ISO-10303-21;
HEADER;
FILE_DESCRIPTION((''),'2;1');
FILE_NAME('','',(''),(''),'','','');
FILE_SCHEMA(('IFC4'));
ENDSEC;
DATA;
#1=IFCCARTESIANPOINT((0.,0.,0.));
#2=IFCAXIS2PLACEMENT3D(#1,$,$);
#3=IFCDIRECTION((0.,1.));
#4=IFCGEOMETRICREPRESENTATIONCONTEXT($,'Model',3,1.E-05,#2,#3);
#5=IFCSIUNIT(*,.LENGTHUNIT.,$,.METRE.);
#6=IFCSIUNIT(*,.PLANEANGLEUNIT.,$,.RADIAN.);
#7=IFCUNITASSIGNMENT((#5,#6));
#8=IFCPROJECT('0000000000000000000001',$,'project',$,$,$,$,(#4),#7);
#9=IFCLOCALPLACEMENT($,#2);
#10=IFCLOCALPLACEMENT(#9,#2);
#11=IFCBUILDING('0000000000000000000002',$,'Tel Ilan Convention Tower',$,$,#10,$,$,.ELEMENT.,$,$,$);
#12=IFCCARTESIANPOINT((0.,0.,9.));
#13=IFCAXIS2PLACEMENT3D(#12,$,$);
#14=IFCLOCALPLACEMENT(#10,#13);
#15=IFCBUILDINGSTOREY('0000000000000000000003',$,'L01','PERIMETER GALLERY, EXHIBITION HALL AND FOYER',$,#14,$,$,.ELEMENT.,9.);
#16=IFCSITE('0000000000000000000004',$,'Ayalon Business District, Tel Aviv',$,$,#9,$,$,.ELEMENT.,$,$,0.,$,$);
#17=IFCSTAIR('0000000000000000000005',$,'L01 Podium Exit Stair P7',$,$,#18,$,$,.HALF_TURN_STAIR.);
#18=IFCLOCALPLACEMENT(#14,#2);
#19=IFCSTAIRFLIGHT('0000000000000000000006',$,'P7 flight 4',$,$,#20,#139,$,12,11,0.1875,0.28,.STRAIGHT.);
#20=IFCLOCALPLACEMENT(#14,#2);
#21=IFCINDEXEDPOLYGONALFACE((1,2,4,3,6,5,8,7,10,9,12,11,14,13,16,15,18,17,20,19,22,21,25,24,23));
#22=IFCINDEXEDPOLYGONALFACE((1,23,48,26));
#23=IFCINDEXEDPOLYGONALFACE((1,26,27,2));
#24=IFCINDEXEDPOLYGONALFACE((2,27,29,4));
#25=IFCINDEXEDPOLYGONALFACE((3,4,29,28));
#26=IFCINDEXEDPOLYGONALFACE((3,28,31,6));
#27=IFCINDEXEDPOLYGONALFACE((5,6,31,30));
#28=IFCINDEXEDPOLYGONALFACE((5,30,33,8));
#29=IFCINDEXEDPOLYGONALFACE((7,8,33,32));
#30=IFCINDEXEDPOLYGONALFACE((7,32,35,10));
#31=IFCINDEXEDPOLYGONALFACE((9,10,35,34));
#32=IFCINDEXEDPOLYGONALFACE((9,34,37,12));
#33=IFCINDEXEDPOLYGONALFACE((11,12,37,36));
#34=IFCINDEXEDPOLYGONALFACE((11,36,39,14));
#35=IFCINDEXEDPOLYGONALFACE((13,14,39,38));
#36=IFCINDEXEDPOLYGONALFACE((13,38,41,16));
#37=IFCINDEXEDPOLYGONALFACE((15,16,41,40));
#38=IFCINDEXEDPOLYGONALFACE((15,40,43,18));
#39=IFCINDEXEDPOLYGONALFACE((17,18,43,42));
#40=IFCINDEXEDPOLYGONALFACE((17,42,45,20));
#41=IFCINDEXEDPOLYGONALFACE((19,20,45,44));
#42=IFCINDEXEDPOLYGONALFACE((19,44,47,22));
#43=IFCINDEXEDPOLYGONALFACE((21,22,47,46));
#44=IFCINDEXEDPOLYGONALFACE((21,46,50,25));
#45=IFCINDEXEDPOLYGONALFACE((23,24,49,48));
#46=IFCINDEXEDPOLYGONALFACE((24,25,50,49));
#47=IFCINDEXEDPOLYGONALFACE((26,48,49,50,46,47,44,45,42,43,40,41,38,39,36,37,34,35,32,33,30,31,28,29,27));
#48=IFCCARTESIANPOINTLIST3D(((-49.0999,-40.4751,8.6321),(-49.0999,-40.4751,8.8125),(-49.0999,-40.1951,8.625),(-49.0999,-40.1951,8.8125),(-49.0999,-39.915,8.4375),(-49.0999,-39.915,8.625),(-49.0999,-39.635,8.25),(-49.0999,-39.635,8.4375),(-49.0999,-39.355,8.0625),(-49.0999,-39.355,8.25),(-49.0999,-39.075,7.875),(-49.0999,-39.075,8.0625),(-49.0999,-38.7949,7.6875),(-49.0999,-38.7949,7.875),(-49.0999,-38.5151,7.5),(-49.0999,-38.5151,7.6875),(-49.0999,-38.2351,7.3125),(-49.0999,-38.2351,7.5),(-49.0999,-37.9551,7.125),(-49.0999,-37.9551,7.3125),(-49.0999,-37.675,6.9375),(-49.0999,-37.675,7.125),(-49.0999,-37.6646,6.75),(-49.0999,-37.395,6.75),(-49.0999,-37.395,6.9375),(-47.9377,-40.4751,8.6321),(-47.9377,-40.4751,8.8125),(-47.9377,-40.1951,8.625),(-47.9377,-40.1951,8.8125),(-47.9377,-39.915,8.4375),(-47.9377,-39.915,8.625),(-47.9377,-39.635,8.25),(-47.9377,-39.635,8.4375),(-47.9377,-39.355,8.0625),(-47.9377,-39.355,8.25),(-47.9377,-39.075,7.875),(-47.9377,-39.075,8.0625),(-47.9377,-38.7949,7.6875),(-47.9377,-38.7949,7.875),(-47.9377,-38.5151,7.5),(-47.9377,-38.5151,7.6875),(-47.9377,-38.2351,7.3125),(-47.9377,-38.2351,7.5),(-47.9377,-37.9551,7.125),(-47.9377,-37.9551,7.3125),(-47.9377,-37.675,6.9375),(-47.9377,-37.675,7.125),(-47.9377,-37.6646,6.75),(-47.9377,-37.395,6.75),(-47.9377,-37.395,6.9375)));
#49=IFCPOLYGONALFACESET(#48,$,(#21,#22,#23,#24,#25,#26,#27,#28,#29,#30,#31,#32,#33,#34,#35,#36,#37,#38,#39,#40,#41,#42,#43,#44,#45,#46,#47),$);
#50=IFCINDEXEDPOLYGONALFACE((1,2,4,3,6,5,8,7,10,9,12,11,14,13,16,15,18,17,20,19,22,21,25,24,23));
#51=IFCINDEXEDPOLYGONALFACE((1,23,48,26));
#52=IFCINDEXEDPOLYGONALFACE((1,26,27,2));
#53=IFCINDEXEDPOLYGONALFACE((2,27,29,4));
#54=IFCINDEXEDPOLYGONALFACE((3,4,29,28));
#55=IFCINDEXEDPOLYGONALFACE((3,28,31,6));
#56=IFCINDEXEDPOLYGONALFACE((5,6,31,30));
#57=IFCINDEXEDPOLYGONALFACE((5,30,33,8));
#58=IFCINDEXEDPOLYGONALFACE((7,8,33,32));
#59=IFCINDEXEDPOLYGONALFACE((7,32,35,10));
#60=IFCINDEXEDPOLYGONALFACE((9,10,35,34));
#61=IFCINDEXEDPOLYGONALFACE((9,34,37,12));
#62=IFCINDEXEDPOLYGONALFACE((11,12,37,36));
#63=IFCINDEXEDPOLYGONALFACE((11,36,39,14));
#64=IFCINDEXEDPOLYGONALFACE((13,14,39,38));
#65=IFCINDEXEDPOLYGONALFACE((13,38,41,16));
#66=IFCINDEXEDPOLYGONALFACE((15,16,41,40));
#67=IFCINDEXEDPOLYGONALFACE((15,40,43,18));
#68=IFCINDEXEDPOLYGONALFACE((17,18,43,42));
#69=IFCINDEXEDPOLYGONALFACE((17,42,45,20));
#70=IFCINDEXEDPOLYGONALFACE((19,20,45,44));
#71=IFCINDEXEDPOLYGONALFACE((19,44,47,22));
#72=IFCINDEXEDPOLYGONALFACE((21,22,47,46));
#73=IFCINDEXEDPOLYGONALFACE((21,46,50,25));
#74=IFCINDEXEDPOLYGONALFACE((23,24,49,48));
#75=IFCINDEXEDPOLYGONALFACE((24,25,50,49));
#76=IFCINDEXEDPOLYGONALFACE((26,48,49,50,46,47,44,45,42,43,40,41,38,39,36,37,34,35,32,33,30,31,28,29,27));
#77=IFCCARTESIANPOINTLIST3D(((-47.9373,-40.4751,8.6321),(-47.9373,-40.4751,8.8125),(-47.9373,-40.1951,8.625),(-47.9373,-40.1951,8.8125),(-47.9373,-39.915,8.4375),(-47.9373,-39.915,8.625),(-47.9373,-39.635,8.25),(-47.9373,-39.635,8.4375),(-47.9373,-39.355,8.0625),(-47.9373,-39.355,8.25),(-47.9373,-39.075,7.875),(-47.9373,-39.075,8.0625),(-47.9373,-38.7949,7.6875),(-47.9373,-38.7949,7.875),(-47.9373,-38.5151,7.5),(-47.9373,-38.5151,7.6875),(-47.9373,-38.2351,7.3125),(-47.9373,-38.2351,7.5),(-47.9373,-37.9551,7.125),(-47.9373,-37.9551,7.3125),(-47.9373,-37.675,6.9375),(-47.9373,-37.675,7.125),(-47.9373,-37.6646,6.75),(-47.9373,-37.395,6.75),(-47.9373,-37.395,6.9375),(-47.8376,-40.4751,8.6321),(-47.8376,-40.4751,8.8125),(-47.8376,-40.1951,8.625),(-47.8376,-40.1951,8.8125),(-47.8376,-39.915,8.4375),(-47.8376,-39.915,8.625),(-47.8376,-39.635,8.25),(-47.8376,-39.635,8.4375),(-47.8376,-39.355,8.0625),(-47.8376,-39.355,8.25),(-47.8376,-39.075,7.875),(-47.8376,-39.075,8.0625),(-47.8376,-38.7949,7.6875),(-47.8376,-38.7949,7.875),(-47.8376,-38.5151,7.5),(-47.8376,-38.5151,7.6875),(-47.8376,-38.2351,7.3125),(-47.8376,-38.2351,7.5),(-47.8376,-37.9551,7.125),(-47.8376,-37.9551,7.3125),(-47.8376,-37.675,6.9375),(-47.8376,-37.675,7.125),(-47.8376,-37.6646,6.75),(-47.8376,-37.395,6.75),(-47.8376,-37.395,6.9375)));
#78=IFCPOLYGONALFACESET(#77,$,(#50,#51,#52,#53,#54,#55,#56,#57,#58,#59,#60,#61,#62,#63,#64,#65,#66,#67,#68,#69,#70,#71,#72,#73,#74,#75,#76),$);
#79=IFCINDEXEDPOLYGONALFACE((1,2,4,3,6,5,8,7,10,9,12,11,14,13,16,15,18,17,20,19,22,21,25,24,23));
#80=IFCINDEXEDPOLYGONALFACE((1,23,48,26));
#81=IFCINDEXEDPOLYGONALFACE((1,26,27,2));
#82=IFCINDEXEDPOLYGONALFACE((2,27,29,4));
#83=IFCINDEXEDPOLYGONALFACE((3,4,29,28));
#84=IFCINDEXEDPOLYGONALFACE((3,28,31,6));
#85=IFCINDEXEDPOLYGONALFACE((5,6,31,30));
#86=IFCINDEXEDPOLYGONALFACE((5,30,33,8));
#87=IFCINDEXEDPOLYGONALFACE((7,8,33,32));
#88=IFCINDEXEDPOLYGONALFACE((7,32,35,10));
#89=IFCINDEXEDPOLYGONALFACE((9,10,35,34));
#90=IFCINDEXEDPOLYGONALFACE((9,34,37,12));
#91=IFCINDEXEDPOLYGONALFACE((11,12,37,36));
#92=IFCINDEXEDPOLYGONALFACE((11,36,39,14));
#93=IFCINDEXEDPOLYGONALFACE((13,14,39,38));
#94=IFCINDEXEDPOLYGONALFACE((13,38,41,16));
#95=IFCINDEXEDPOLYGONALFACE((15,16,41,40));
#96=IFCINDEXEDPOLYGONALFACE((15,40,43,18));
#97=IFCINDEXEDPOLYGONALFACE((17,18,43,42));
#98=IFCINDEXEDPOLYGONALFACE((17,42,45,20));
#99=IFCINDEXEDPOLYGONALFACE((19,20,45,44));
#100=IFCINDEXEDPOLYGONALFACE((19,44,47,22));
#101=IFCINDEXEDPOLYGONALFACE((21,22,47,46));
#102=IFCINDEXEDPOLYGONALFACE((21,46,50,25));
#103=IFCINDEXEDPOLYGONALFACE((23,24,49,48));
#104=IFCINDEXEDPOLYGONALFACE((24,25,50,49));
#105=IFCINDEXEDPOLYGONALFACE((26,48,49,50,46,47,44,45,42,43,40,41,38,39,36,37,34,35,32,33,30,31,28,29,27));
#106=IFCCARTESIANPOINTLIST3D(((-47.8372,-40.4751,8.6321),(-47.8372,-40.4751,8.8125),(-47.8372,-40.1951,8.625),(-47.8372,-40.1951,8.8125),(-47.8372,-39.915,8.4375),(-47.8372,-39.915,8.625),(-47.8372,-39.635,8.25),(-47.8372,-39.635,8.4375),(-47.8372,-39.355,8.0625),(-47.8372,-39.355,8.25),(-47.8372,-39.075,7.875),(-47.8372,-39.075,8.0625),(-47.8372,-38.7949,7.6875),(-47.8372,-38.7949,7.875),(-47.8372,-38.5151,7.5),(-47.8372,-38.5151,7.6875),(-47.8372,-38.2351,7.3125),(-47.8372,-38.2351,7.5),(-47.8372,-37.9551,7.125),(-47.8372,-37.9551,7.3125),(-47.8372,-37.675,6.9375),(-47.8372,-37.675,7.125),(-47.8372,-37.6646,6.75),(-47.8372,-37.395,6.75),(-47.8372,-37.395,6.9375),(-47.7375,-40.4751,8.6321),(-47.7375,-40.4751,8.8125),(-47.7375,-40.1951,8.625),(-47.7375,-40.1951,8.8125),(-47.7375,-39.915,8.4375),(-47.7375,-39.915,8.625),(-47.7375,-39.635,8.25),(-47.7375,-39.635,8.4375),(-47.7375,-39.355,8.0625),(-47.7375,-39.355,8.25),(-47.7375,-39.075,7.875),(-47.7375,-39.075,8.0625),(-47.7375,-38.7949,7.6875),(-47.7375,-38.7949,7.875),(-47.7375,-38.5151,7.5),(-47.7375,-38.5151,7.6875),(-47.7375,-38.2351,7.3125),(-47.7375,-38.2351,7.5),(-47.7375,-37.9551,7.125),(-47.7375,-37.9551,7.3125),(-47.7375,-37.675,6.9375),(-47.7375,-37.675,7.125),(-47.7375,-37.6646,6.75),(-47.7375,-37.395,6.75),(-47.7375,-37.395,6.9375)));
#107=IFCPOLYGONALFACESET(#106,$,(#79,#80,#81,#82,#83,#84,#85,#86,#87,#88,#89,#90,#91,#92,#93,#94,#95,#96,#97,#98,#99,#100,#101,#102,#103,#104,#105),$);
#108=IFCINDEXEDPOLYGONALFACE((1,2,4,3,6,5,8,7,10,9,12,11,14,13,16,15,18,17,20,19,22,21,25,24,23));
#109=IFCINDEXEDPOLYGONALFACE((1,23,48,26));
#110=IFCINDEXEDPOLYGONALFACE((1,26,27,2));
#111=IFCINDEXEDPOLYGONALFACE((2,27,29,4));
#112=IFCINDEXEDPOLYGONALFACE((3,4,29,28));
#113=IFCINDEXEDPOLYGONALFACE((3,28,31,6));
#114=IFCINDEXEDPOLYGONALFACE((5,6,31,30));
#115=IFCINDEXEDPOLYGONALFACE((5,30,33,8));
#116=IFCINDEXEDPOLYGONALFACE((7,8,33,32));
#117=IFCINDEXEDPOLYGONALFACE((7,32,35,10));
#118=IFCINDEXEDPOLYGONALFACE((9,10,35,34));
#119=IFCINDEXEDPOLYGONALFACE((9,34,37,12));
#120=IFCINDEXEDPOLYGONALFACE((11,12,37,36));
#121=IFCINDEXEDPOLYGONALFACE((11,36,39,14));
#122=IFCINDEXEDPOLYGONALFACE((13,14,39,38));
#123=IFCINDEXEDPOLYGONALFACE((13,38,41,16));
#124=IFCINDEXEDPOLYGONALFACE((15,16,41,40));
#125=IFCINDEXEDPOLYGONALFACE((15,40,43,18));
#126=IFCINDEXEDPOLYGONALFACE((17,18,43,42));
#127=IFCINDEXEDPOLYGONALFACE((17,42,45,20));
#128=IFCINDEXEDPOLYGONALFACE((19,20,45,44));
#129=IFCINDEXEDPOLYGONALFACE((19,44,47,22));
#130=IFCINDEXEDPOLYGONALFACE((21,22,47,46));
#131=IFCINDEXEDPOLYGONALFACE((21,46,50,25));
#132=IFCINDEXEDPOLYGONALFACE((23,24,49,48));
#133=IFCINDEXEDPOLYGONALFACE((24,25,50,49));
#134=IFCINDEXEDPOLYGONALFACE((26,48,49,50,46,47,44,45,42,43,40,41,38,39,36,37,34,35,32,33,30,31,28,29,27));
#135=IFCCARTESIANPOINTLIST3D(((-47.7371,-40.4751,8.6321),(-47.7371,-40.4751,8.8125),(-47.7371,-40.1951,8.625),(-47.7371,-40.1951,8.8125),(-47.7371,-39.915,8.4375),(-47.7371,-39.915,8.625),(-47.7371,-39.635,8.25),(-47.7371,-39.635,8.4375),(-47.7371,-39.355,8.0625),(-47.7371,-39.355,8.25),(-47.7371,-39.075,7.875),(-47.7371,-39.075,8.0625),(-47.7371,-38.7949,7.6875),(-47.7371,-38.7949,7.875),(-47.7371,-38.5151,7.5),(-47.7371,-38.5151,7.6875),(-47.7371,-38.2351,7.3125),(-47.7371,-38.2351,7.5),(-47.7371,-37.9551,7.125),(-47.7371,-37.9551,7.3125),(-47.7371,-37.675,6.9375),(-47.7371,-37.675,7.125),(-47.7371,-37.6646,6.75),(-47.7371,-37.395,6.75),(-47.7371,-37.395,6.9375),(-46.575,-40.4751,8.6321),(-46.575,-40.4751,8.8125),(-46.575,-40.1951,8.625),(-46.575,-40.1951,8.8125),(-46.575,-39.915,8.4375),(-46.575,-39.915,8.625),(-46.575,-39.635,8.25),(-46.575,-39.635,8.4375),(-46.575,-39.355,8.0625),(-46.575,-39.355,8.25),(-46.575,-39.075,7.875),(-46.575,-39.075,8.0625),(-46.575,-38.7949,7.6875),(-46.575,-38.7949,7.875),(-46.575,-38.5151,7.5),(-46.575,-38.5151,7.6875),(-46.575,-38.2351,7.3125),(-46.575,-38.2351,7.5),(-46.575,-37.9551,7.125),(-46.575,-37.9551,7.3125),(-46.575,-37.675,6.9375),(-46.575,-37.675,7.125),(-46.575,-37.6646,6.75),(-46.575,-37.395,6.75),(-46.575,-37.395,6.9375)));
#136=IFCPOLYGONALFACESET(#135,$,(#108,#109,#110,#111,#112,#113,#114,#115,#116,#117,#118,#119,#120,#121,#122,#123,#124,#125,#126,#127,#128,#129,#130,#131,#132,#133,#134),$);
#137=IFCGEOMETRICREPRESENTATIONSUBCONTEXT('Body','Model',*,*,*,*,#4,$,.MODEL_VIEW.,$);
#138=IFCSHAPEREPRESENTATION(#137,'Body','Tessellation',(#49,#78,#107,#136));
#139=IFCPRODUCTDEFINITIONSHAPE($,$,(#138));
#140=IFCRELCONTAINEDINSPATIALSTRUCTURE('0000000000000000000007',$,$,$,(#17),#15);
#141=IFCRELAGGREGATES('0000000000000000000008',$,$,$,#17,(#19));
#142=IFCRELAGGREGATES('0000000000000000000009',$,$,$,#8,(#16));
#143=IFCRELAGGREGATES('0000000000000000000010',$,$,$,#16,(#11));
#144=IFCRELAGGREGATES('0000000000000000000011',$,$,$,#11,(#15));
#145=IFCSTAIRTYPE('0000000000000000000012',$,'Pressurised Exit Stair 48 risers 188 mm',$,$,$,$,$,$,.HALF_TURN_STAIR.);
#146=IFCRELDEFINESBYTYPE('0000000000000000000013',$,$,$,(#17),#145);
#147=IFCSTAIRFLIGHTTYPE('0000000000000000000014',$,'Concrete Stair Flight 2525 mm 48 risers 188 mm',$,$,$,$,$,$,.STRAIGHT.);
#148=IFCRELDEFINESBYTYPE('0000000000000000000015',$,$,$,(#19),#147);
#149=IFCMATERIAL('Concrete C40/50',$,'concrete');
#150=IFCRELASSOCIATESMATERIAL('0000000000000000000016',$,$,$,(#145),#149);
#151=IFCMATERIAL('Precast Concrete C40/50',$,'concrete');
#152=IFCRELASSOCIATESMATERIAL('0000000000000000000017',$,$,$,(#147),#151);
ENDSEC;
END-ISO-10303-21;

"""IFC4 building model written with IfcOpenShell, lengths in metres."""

from ifc_helpers import new_model, si_unit, direction, frame, origin, place, context, subcontext, project, spatial, polyline, outline, extrude, material, type_object, element, aggregate, save


model = new_model("IFC4")

# Units and contexts
model_context = context("Model", 3, precision=1e-05, world=origin(), true_north=direction((0.0, 1.0)))
body_context = subcontext(model_context, "Body", "Model", "MODEL_VIEW")
ifc_project = project(units=[si_unit("LENGTHUNIT", "METRE"), si_unit("PLANEANGLEUNIT", "RADIAN")], contexts=[model_context])

# Site, building, storey
site_placement = place(None, origin())
site = spatial("IfcSite", under=ifc_project, at=site_placement, Name="Ayalon Business District, Tel Aviv", CompositionType="ELEMENT", RefElevation=0.0)
building_placement = place(site_placement, origin())
building = spatial("IfcBuilding", under=site, at=building_placement, Name="Tel Ilan Convention Tower", CompositionType="ELEMENT")
storey_placement = place(building_placement, frame((0.0, 0.0, 9.0)))
storey = spatial("IfcBuildingStorey", under=building, at=storey_placement, Name="L01", Description="PERIMETER GALLERY, EXHIBITION HALL AND FOYER", CompositionType="ELEMENT", Elevation=9.0)

# Stair, stair flight
ifc_material_1 = material(Name="Concrete C40/50", Category="concrete")
stair_type = type_object("IfcStairType", Name="Pressurised Exit Stair 48 risers 188 mm", PredefinedType="HALF_TURN_STAIR", material=ifc_material_1)
ifc_material_2 = material(Name="Precast Concrete C40/50", Category="concrete")
stair_flight_type = type_object("IfcStairFlightType", Name="Concrete Stair Flight 2525 mm 48 risers 188 mm", PredefinedType="STRAIGHT", material=ifc_material_2)
stair_1_placement = place(storey_placement, origin())
stair_1 = element("IfcStair", 1, at=stair_1_placement, inside=storey, type_object=stair_type, Name="L01 Podium Exit Stair P7", PredefinedType="HALF_TURN_STAIR")
stair_flight_1_placement = place(storey_placement, frame((-47.8374, -37.395, 6.75), z_axis=(0.0, 0.0, 1.0), x_axis=(0.0, -1.0, 0.0)))
stair_flight_1 = element("IfcStairFlight", 2, at=stair_flight_1_placement, type_object=stair_flight_type, Name="P7 flight 4", NumberOfRisers=12, NumberOfTreads=11, PredefinedType="STRAIGHT", RiserHeight=0.1875, TreadLength=0.28, context=body_context, shape_type="SweptSolid", body=[
    extrude(outline(polyline([(0.0, 0.0), (0.0, 0.1875), (0.28, 0.1875), (0.28, 0.375), (0.5601, 0.375), (0.5601, 0.5625), (0.8401, 0.5625), (0.8401, 0.75), (1.1201, 0.75), (1.1201, 0.9375), (1.3999, 0.9375), (1.3999, 1.125), (1.6799, 1.125), (1.6799, 1.3125), (1.96, 1.3125), (1.96, 1.5), (2.24, 1.5), (2.24, 1.6875), (2.52, 1.6875), (2.52, 1.875), (2.8, 1.875), (2.8, 2.0625), (3.0801, 2.0625), (3.0801, 2.25), (3.0801, 1.8821), (0.2695, 0.0), (0.0, 0.0)])), frame((0.0, -0.1003, 0.0), z_axis=(0.0, -1.0, 0.0), x_axis=(1.0, 0.0, 0.0)), (0.0, 0.0, 1.0), 1.1621),
    extrude(outline(polyline([(0.0, 0.0), (0.0, 0.1875), (0.28, 0.1875), (0.28, 0.375), (0.5601, 0.375), (0.5601, 0.5625), (0.8401, 0.5625), (0.8401, 0.75), (1.1201, 0.75), (1.1201, 0.9375), (1.3999, 0.9375), (1.3999, 1.125), (1.6799, 1.125), (1.6799, 1.3125), (1.96, 1.3125), (1.96, 1.5), (2.24, 1.5), (2.24, 1.6875), (2.52, 1.6875), (2.52, 1.875), (2.8, 1.875), (2.8, 2.0625), (3.0801, 2.0625), (3.0801, 2.25), (3.0801, 1.8821), (0.2695, 0.0), (0.0, 0.0)])), frame((0.0, -0.0002, 0.0), z_axis=(0.0, -1.0, 0.0), x_axis=(1.0, 0.0, 0.0)), (0.0, 0.0, 1.0), 0.0996),
    extrude(outline(polyline([(0.0, 0.0), (0.0, 0.1875), (0.28, 0.1875), (0.28, 0.375), (0.5601, 0.375), (0.5601, 0.5625), (0.8401, 0.5625), (0.8401, 0.75), (1.1201, 0.75), (1.1201, 0.9375), (1.3999, 0.9375), (1.3999, 1.125), (1.6799, 1.125), (1.6799, 1.3125), (1.96, 1.3125), (1.96, 1.5), (2.24, 1.5), (2.24, 1.6875), (2.52, 1.6875), (2.52, 1.875), (2.8, 1.875), (2.8, 2.0625), (3.0801, 2.0625), (3.0801, 2.25), (3.0801, 1.8821), (0.2695, 0.0), (0.0, 0.0)])), frame((0.0, 0.0999, 0.0), z_axis=(0.0, -1.0, 0.0), x_axis=(1.0, 0.0, 0.0)), (0.0, 0.0, 1.0), 0.0996),
    extrude(outline(polyline([(0.0, 0.0), (0.0, 0.1875), (0.28, 0.1875), (0.28, 0.375), (0.5601, 0.375), (0.5601, 0.5625), (0.8401, 0.5625), (0.8401, 0.75), (1.1201, 0.75), (1.1201, 0.9375), (1.3999, 0.9375), (1.3999, 1.125), (1.6799, 1.125), (1.6799, 1.3125), (1.96, 1.3125), (1.96, 1.5), (2.24, 1.5), (2.24, 1.6875), (2.52, 1.6875), (2.52, 1.875), (2.8, 1.875), (2.8, 2.0625), (3.0801, 2.0625), (3.0801, 2.25), (3.0801, 1.8821), (0.2695, 0.0), (0.0, 0.0)])), frame((0.0, 1.2625, 0.0), z_axis=(0.0, -1.0, 0.0), x_axis=(1.0, 0.0, 0.0)), (0.0, 0.0, 1.0), 1.1621),
])
aggregate(stair_1, [stair_flight_1])

save(model, "model.ifc")
